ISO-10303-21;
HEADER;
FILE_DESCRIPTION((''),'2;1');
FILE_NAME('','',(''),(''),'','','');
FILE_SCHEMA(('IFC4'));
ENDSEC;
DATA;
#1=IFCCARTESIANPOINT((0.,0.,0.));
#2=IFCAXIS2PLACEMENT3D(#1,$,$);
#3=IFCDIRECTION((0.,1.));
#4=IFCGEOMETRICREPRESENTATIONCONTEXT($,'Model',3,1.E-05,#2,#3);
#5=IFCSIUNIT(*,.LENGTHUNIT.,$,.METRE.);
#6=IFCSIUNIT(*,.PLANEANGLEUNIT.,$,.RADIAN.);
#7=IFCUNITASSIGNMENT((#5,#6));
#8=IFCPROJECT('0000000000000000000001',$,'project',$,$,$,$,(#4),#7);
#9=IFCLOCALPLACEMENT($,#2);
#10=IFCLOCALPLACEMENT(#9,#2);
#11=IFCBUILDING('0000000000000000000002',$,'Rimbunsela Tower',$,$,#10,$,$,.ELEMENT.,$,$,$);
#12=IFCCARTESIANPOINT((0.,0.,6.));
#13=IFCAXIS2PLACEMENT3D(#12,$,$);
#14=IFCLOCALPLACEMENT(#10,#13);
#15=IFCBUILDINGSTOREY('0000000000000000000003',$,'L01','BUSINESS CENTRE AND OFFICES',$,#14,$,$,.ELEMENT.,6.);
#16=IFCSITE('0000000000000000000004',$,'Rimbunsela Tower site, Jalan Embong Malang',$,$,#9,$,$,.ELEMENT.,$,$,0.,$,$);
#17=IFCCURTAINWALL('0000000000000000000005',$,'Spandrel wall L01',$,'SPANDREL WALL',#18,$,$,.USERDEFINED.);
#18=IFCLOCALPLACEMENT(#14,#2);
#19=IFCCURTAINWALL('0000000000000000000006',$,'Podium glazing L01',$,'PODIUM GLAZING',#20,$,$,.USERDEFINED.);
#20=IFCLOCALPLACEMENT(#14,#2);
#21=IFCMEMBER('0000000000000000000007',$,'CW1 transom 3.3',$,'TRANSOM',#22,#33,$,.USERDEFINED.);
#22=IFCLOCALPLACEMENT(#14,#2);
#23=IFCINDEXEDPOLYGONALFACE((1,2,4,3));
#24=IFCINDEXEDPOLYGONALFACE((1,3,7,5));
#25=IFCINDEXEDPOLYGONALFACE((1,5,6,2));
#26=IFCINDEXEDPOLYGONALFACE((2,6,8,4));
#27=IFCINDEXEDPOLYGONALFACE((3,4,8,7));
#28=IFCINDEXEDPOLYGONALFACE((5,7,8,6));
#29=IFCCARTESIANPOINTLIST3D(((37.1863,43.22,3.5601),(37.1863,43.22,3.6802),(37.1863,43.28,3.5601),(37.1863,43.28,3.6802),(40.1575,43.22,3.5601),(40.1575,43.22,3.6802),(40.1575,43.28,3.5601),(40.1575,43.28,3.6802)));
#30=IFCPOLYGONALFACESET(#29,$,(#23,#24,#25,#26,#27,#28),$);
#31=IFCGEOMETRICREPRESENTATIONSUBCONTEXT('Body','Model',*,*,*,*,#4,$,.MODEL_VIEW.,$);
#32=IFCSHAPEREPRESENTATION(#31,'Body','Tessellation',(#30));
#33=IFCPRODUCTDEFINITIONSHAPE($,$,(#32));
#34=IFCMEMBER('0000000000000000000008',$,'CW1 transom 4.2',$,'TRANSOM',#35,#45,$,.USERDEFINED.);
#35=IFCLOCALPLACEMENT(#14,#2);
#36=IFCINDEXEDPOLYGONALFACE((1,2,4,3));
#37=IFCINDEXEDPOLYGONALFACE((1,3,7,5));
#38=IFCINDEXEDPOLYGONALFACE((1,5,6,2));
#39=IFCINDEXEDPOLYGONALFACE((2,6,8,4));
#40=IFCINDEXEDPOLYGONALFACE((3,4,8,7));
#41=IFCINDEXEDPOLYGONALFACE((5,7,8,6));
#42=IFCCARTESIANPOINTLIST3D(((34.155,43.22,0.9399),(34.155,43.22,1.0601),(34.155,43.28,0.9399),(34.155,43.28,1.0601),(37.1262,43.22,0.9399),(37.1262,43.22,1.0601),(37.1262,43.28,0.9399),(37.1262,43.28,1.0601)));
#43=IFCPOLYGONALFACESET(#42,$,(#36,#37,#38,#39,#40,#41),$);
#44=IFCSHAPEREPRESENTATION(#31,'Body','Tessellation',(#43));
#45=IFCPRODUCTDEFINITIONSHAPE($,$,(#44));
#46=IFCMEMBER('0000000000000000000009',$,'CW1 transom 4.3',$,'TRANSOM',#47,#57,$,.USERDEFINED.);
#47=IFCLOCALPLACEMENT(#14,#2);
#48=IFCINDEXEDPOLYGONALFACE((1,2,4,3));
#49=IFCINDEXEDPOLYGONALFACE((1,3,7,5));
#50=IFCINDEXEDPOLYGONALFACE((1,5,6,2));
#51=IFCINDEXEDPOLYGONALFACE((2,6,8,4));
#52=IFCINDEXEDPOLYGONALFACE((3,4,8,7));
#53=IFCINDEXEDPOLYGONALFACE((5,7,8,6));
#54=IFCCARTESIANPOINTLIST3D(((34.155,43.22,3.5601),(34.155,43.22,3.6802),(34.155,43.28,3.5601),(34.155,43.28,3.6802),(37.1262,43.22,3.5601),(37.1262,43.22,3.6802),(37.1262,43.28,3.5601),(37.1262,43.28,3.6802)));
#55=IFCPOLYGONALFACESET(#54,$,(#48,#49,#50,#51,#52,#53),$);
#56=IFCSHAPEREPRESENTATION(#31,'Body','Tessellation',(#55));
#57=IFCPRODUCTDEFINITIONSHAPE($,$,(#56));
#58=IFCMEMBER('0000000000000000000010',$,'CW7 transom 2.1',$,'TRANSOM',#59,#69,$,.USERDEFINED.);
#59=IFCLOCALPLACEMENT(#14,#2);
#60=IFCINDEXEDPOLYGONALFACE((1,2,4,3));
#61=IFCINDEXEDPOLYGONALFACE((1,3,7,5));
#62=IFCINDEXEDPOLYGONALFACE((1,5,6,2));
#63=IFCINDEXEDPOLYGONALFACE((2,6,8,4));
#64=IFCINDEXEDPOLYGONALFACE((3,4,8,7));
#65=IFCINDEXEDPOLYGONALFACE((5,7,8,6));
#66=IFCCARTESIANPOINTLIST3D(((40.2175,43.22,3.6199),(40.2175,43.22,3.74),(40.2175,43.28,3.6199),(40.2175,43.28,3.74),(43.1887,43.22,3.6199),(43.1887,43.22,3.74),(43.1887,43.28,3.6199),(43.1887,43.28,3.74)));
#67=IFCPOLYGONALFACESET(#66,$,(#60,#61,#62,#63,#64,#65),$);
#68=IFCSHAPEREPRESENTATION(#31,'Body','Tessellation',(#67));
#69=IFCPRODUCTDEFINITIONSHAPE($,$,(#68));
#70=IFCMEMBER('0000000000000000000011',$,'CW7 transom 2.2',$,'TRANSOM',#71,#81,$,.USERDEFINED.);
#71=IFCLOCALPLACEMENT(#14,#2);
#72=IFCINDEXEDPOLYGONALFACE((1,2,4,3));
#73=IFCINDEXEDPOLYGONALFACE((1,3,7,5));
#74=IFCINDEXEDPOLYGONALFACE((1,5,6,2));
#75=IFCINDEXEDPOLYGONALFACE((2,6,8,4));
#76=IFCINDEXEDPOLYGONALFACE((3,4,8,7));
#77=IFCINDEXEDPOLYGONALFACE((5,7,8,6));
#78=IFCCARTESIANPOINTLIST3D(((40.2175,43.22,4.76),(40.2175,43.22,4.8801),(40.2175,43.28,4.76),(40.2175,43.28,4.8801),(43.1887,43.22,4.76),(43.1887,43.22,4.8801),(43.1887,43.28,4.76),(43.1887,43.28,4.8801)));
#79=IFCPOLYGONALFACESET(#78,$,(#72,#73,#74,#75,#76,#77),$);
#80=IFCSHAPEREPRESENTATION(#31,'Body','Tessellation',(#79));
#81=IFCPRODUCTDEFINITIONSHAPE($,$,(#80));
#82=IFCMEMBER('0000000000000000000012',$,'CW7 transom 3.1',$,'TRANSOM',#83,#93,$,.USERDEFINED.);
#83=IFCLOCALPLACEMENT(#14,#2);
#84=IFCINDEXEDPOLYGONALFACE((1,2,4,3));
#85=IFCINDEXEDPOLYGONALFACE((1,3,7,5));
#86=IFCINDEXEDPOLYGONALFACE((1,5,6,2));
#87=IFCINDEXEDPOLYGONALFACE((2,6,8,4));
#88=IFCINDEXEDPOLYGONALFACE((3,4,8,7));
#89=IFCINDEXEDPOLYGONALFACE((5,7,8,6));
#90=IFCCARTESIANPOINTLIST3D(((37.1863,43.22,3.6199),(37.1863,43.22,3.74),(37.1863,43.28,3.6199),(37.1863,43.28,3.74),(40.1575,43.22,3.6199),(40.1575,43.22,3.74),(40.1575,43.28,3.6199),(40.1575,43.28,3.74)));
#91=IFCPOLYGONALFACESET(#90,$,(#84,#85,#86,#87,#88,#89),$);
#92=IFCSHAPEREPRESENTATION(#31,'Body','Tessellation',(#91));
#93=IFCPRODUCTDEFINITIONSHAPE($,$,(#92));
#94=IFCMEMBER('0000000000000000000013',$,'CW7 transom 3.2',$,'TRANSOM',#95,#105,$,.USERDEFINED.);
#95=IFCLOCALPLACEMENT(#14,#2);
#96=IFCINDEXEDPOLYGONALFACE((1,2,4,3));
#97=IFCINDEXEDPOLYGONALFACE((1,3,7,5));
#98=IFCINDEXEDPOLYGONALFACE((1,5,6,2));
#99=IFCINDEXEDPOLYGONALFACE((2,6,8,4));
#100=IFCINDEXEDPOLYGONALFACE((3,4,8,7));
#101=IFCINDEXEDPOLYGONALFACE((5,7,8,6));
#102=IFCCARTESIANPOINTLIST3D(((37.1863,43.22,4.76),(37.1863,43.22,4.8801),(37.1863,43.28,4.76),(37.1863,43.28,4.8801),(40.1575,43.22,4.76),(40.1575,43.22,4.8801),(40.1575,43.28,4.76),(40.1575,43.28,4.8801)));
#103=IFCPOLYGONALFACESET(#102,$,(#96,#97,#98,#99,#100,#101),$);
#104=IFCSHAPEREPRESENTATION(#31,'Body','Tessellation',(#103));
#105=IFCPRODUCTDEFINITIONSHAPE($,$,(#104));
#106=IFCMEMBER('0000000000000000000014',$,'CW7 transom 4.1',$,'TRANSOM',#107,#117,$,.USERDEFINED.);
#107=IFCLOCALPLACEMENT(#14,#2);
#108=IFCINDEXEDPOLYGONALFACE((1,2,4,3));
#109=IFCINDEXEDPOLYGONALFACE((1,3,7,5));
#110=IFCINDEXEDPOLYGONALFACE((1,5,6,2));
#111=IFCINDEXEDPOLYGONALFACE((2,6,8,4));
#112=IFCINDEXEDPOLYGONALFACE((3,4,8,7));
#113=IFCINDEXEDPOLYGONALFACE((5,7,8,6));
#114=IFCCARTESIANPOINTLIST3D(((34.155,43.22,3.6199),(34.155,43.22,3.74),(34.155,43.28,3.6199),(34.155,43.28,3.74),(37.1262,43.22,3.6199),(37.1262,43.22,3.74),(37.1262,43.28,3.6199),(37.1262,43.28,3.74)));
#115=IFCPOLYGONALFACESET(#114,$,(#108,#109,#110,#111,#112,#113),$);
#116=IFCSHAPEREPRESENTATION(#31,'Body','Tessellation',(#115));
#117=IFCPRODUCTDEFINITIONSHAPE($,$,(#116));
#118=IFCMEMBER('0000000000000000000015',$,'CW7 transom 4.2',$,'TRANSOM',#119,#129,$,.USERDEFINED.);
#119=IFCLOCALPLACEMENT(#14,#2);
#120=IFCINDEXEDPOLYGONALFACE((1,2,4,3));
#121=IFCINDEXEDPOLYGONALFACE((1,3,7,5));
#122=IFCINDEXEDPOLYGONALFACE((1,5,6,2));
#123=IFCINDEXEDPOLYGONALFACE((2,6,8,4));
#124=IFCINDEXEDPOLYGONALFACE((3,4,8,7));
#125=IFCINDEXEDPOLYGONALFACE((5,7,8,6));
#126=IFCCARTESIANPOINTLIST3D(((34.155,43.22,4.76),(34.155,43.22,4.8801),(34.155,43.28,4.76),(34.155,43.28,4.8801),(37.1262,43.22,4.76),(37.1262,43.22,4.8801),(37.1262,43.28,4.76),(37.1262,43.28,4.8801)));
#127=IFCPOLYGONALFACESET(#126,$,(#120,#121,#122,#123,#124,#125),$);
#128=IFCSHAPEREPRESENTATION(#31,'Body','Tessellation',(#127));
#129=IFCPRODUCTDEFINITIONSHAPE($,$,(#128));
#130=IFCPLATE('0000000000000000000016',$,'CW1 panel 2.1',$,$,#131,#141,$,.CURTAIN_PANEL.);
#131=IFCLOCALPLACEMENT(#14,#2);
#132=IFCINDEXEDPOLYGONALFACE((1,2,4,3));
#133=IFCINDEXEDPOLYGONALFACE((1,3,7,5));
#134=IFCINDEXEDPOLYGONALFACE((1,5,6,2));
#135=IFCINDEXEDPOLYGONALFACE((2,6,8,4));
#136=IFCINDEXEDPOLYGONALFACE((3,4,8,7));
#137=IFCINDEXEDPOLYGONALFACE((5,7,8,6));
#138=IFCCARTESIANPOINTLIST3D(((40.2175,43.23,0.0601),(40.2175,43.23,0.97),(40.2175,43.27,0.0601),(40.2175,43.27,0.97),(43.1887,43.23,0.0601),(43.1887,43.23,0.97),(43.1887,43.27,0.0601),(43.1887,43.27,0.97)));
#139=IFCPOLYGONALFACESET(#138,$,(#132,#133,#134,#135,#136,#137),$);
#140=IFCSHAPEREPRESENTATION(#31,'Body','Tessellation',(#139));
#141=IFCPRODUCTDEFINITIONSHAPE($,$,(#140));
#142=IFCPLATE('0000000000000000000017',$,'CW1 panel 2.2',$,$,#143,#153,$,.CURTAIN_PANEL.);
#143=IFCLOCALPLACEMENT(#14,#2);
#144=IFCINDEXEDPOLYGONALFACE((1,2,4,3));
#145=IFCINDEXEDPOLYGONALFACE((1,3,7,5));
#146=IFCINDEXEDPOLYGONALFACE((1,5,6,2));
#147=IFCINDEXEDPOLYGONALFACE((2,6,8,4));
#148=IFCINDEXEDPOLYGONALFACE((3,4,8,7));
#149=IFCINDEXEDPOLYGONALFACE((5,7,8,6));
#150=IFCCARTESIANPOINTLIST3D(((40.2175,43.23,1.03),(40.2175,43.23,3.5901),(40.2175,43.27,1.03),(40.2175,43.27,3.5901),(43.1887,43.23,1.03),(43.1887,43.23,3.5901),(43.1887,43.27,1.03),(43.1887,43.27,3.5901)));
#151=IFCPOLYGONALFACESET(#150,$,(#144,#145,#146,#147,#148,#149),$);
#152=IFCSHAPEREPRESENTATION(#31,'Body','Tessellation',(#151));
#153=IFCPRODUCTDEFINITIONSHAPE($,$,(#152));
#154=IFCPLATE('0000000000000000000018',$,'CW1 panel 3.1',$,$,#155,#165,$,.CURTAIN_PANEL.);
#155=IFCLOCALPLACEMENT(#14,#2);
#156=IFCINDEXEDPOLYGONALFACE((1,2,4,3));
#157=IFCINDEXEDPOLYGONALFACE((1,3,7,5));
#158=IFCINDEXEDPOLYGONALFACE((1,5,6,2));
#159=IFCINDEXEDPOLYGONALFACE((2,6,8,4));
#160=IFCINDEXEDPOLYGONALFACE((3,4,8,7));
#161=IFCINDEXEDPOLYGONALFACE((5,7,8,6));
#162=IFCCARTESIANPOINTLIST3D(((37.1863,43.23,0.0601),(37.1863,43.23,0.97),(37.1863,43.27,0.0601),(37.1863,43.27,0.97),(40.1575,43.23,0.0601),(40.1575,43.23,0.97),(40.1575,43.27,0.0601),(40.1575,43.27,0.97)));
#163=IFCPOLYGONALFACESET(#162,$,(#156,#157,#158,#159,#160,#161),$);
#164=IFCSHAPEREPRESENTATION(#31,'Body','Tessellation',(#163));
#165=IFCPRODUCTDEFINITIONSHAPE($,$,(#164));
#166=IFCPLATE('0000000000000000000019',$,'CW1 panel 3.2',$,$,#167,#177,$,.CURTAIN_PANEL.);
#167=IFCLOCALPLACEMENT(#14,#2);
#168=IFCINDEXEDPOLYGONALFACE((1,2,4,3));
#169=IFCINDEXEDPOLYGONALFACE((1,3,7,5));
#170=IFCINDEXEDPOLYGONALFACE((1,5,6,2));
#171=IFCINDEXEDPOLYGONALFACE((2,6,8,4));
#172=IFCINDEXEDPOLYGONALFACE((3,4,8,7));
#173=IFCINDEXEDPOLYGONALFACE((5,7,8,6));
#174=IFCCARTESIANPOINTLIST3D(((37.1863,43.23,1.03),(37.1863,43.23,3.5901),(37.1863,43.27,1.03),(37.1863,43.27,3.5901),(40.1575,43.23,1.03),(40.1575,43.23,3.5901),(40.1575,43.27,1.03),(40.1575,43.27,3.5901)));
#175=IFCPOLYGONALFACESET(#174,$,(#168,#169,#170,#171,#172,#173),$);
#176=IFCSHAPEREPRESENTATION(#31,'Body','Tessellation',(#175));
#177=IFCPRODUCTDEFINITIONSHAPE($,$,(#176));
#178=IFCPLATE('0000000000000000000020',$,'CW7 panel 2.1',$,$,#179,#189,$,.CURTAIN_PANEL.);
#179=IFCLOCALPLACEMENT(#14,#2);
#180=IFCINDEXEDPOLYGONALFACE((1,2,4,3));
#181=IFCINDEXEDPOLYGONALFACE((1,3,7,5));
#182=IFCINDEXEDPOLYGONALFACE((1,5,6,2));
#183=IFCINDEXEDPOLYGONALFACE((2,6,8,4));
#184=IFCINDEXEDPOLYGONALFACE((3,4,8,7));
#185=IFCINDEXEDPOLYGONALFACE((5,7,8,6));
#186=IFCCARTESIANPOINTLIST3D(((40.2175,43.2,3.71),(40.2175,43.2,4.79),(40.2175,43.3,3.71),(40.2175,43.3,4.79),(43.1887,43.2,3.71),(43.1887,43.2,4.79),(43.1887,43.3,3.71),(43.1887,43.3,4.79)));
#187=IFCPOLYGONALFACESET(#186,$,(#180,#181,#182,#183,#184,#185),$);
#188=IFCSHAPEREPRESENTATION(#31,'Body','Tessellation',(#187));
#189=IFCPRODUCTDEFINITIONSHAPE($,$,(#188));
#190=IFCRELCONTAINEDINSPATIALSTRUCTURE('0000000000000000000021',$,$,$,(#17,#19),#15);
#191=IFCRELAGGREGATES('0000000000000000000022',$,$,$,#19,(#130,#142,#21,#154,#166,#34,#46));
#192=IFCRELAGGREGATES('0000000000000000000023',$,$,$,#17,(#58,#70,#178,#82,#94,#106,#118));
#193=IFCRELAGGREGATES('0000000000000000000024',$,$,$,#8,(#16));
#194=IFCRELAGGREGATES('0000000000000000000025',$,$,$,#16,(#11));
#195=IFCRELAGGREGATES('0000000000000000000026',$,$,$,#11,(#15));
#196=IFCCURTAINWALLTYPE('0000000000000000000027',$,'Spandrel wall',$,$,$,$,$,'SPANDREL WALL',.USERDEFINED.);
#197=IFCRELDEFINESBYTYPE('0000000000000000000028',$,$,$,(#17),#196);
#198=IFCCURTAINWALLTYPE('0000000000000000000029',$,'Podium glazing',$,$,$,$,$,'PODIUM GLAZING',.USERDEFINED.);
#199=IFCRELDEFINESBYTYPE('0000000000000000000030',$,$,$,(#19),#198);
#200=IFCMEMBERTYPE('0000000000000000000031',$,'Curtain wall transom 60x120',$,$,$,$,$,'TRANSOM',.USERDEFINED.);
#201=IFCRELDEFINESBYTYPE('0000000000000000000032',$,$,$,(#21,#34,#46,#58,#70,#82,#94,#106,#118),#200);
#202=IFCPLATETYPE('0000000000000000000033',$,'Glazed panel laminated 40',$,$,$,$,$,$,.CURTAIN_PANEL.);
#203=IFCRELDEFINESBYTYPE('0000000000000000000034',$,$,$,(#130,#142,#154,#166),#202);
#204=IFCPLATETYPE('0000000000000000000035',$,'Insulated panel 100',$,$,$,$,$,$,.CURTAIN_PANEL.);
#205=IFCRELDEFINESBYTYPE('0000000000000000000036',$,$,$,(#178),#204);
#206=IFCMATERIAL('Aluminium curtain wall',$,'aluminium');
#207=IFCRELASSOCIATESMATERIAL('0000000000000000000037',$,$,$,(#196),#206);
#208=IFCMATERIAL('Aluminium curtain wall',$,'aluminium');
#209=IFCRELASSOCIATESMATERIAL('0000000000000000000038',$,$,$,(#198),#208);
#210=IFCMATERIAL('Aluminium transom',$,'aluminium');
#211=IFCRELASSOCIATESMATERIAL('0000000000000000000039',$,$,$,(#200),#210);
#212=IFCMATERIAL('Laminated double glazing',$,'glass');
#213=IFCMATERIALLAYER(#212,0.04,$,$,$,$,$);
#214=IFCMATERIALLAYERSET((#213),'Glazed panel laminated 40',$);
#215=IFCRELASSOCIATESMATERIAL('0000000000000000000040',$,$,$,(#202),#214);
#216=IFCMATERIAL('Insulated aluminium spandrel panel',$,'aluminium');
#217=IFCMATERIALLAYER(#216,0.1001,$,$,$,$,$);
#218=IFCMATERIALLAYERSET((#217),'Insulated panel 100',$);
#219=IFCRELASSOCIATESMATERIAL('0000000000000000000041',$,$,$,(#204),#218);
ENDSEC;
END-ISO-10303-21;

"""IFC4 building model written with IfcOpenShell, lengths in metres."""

from ifc_helpers import new_model, si_unit, direction, frame, origin, origin_2d, place, context, subcontext, project, spatial, rectangle, extrude, material, layer, layer_set, material_profile, profile_set, type_object, element, aggregate, save


model = new_model("IFC4")

# Units and contexts
model_context = context("Model", 3, precision=1e-05, world=origin(), true_north=direction((0.0, 1.0)))
body_context = subcontext(model_context, "Body", "Model", "MODEL_VIEW")
ifc_project = project(units=[si_unit("LENGTHUNIT", "METRE"), si_unit("PLANEANGLEUNIT", "RADIAN")], contexts=[model_context])

# Site, building, storey
site_placement = place(None, origin())
site = spatial("IfcSite", under=ifc_project, at=site_placement, Name="Rimbunsela Tower site, Jalan Embong Malang", CompositionType="ELEMENT", RefElevation=0.0)
building_placement = place(site_placement, origin())
building = spatial("IfcBuilding", under=site, at=building_placement, Name="Rimbunsela Tower", CompositionType="ELEMENT")
storey_placement = place(building_placement, frame((0.0, 0.0, 6.0)))
storey = spatial("IfcBuildingStorey", under=building, at=storey_placement, Name="L01", Description="BUSINESS CENTRE AND OFFICES", CompositionType="ELEMENT", Elevation=6.0)

# Curtain walls, members
ifc_material_1 = material(Name="Aluminium curtain wall", Category="aluminium")
curtain_wall_type_1 = type_object("IfcCurtainWallType", Name="Spandrel wall", ElementType="SPANDREL WALL", PredefinedType="USERDEFINED", material=ifc_material_1)
curtain_wall_1_placement = place(storey_placement, origin())
curtain_wall_1 = element("IfcCurtainWall", 1, at=curtain_wall_1_placement, inside=storey, type_object=curtain_wall_type_1, Name="Spandrel wall L01", ObjectType="SPANDREL WALL", PredefinedType="USERDEFINED")
ifc_material_2 = material(Name="Aluminium curtain wall", Category="aluminium")
curtain_wall_type_2 = type_object("IfcCurtainWallType", Name="Podium glazing", ElementType="PODIUM GLAZING", PredefinedType="USERDEFINED", material=ifc_material_2)
curtain_wall_2_placement = place(storey_placement, origin())
curtain_wall_2 = element("IfcCurtainWall", 2, at=curtain_wall_2_placement, inside=storey, type_object=curtain_wall_type_2, Name="Podium glazing L01", ObjectType="PODIUM GLAZING", PredefinedType="USERDEFINED")
ifc_material_3 = material(Name="Aluminium transom", Category="aluminium")
ifc_material_profile_1 = material_profile(ifc_material_3, rectangle(XDim=0.0601, YDim=0.1201, at=origin_2d()), Name="Transom 60x120")
ifc_profile_set_1 = profile_set([ifc_material_profile_1], Name="Aluminium transom")
member_type_1 = type_object("IfcMemberType", Name="Curtain wall transom 60x120", ElementType="TRANSOM", PredefinedType="USERDEFINED", material=ifc_profile_set_1)
member_1_placement = place(storey_placement, frame((40.1575, 43.25, 3.6201), z_axis=(-1.0, 0.0, 0.0), x_axis=(0.0, -1.0, 0.0)))
member_1 = element("IfcMember", 3, at=member_1_placement, type_object=member_type_1, Name="CW1 transom 3.3", ObjectType="TRANSOM", PredefinedType="USERDEFINED", context=body_context, shape_type="SweptSolid", body=[
    extrude(rectangle(XDim=0.0601, YDim=0.1201, at=origin_2d()), origin(), (0.0, 0.0, 1.0), 2.9712),
])
member_2_placement = place(storey_placement, frame((37.1262, 43.25, 1.0), z_axis=(-1.0, 0.0, 0.0), x_axis=(0.0, -1.0, 0.0)))
member_2 = element("IfcMember", 4, at=member_2_placement, type_object=member_type_1, Name="CW1 transom 4.2", ObjectType="TRANSOM", PredefinedType="USERDEFINED", context=body_context, shape_type="SweptSolid", body=[
    extrude(rectangle(XDim=0.0601, YDim=0.1201, at=origin_2d()), origin(), (0.0, 0.0, 1.0), 2.9712),
])
member_3_placement = place(storey_placement, frame((37.1262, 43.25, 3.6201), z_axis=(-1.0, 0.0, 0.0), x_axis=(0.0, -1.0, 0.0)))
member_3 = element("IfcMember", 5, at=member_3_placement, type_object=member_type_1, Name="CW1 transom 4.3", ObjectType="TRANSOM", PredefinedType="USERDEFINED", context=body_context, shape_type="SweptSolid", body=[
    extrude(rectangle(XDim=0.0601, YDim=0.1201, at=origin_2d()), origin(), (0.0, 0.0, 1.0), 2.9712),
])

# Members
member_4_placement = place(storey_placement, frame((43.1887, 43.25, 3.6799), z_axis=(-1.0, 0.0, 0.0), x_axis=(0.0, -1.0, 0.0)))
member_4 = element("IfcMember", 6, at=member_4_placement, type_object=member_type_1, Name="CW7 transom 2.1", ObjectType="TRANSOM", PredefinedType="USERDEFINED", context=body_context, shape_type="SweptSolid", body=[
    extrude(rectangle(XDim=0.0601, YDim=0.1201, at=origin_2d()), origin(), (0.0, 0.0, 1.0), 2.9712),
])
member_5_placement = place(storey_placement, frame((43.1887, 43.25, 4.8201), z_axis=(-1.0, 0.0, 0.0), x_axis=(0.0, -1.0, 0.0)))
member_5 = element("IfcMember", 7, at=member_5_placement, type_object=member_type_1, Name="CW7 transom 2.2", ObjectType="TRANSOM", PredefinedType="USERDEFINED", context=body_context, shape_type="SweptSolid", body=[
    extrude(rectangle(XDim=0.0601, YDim=0.1201, at=origin_2d()), origin(), (0.0, 0.0, 1.0), 2.9712),
])
member_6_placement = place(storey_placement, frame((40.1575, 43.25, 3.6799), z_axis=(-1.0, 0.0, 0.0), x_axis=(0.0, -1.0, 0.0)))
member_6 = element("IfcMember", 8, at=member_6_placement, type_object=member_type_1, Name="CW7 transom 3.1", ObjectType="TRANSOM", PredefinedType="USERDEFINED", context=body_context, shape_type="SweptSolid", body=[
    extrude(rectangle(XDim=0.0601, YDim=0.1201, at=origin_2d()), origin(), (0.0, 0.0, 1.0), 2.9712),
])
member_7_placement = place(storey_placement, frame((40.1575, 43.25, 4.8201), z_axis=(-1.0, 0.0, 0.0), x_axis=(0.0, -1.0, 0.0)))
member_7 = element("IfcMember", 9, at=member_7_placement, type_object=member_type_1, Name="CW7 transom 3.2", ObjectType="TRANSOM", PredefinedType="USERDEFINED", context=body_context, shape_type="SweptSolid", body=[
    extrude(rectangle(XDim=0.0601, YDim=0.1201, at=origin_2d()), origin(), (0.0, 0.0, 1.0), 2.9712),
])
member_8_placement = place(storey_placement, frame((37.1262, 43.25, 3.6799), z_axis=(-1.0, 0.0, 0.0), x_axis=(0.0, -1.0, 0.0)))
member_8 = element("IfcMember", 10, at=member_8_placement, type_object=member_type_1, Name="CW7 transom 4.1", ObjectType="TRANSOM", PredefinedType="USERDEFINED", context=body_context, shape_type="SweptSolid", body=[
    extrude(rectangle(XDim=0.0601, YDim=0.1201, at=origin_2d()), origin(), (0.0, 0.0, 1.0), 2.9712),
])
member_9_placement = place(storey_placement, frame((37.1262, 43.25, 4.8201), z_axis=(-1.0, 0.0, 0.0), x_axis=(0.0, -1.0, 0.0)))
member_9 = element("IfcMember", 11, at=member_9_placement, type_object=member_type_1, Name="CW7 transom 4.2", ObjectType="TRANSOM", PredefinedType="USERDEFINED", context=body_context, shape_type="SweptSolid", body=[
    extrude(rectangle(XDim=0.0601, YDim=0.1201, at=origin_2d()), origin(), (0.0, 0.0, 1.0), 2.9712),
])

# Plates
ifc_material_4 = material(Name="Laminated double glazing", Category="glass")
ifc_layer_1 = layer(ifc_material_4, 0.04)
ifc_layer_set_1 = layer_set([ifc_layer_1], Name="Glazed panel laminated 40")
plate_type_1 = type_object("IfcPlateType", Name="Glazed panel laminated 40", PredefinedType="CURTAIN_PANEL", material=ifc_layer_set_1)
plate_1_placement = place(storey_placement, frame((41.7031, 43.25, 0.0601), z_axis=(0.0, 0.0, 1.0), x_axis=(-1.0, 0.0, 0.0)))
plate_1 = element("IfcPlate", 12, at=plate_1_placement, type_object=plate_type_1, Name="CW1 panel 2.1", PredefinedType="CURTAIN_PANEL", context=body_context, shape_type="SweptSolid", body=[
    extrude(rectangle(XDim=2.9712, YDim=0.04, at=origin_2d()), origin(), (0.0, 0.0, 1.0), 0.9099),
])
plate_2_placement = place(storey_placement, frame((41.7031, 43.25, 1.03), z_axis=(0.0, 0.0, 1.0), x_axis=(-1.0, 0.0, 0.0)))
plate_2 = element("IfcPlate", 13, at=plate_2_placement, type_object=plate_type_1, Name="CW1 panel 2.2", PredefinedType="CURTAIN_PANEL", context=body_context, shape_type="SweptSolid", body=[
    extrude(rectangle(XDim=2.9712, YDim=0.04, at=origin_2d()), origin(), (0.0, 0.0, 1.0), 2.5601),
])
plate_3_placement = place(storey_placement, frame((38.6719, 43.25, 0.0601), z_axis=(0.0, 0.0, 1.0), x_axis=(-1.0, 0.0, 0.0)))
plate_3 = element("IfcPlate", 14, at=plate_3_placement, type_object=plate_type_1, Name="CW1 panel 3.1", PredefinedType="CURTAIN_PANEL", context=body_context, shape_type="SweptSolid", body=[
    extrude(rectangle(XDim=2.9712, YDim=0.04, at=origin_2d()), origin(), (0.0, 0.0, 1.0), 0.9099),
])
plate_4_placement = place(storey_placement, frame((38.6719, 43.25, 1.03), z_axis=(0.0, 0.0, 1.0), x_axis=(-1.0, 0.0, 0.0)))
plate_4 = element("IfcPlate", 15, at=plate_4_placement, type_object=plate_type_1, Name="CW1 panel 3.2", PredefinedType="CURTAIN_PANEL", context=body_context, shape_type="SweptSolid", body=[
    extrude(rectangle(XDim=2.9712, YDim=0.04, at=origin_2d()), origin(), (0.0, 0.0, 1.0), 2.5601),
])
aggregate(curtain_wall_2, [plate_1, plate_2, member_1, plate_3, plate_4, member_2, member_3])
ifc_material_5 = material(Name="Insulated aluminium spandrel panel", Category="aluminium")
ifc_layer_2 = layer(ifc_material_5, 0.1001)
ifc_layer_set_2 = layer_set([ifc_layer_2], Name="Insulated panel 100")
plate_type_2 = type_object("IfcPlateType", Name="Insulated panel 100", PredefinedType="CURTAIN_PANEL", material=ifc_layer_set_2)
plate_5_placement = place(storey_placement, frame((41.7031, 43.25, 3.71), z_axis=(0.0, 0.0, 1.0), x_axis=(-1.0, 0.0, 0.0)))
plate_5 = element("IfcPlate", 16, at=plate_5_placement, type_object=plate_type_2, Name="CW7 panel 2.1", PredefinedType="CURTAIN_PANEL", context=body_context, shape_type="SweptSolid", body=[
    extrude(rectangle(XDim=2.9712, YDim=0.1001, at=origin_2d()), origin(), (0.0, 0.0, 1.0), 1.0801),
])
aggregate(curtain_wall_1, [member_4, member_5, plate_5, member_6, member_7, member_8, member_9])

save(model, "model.ifc")
